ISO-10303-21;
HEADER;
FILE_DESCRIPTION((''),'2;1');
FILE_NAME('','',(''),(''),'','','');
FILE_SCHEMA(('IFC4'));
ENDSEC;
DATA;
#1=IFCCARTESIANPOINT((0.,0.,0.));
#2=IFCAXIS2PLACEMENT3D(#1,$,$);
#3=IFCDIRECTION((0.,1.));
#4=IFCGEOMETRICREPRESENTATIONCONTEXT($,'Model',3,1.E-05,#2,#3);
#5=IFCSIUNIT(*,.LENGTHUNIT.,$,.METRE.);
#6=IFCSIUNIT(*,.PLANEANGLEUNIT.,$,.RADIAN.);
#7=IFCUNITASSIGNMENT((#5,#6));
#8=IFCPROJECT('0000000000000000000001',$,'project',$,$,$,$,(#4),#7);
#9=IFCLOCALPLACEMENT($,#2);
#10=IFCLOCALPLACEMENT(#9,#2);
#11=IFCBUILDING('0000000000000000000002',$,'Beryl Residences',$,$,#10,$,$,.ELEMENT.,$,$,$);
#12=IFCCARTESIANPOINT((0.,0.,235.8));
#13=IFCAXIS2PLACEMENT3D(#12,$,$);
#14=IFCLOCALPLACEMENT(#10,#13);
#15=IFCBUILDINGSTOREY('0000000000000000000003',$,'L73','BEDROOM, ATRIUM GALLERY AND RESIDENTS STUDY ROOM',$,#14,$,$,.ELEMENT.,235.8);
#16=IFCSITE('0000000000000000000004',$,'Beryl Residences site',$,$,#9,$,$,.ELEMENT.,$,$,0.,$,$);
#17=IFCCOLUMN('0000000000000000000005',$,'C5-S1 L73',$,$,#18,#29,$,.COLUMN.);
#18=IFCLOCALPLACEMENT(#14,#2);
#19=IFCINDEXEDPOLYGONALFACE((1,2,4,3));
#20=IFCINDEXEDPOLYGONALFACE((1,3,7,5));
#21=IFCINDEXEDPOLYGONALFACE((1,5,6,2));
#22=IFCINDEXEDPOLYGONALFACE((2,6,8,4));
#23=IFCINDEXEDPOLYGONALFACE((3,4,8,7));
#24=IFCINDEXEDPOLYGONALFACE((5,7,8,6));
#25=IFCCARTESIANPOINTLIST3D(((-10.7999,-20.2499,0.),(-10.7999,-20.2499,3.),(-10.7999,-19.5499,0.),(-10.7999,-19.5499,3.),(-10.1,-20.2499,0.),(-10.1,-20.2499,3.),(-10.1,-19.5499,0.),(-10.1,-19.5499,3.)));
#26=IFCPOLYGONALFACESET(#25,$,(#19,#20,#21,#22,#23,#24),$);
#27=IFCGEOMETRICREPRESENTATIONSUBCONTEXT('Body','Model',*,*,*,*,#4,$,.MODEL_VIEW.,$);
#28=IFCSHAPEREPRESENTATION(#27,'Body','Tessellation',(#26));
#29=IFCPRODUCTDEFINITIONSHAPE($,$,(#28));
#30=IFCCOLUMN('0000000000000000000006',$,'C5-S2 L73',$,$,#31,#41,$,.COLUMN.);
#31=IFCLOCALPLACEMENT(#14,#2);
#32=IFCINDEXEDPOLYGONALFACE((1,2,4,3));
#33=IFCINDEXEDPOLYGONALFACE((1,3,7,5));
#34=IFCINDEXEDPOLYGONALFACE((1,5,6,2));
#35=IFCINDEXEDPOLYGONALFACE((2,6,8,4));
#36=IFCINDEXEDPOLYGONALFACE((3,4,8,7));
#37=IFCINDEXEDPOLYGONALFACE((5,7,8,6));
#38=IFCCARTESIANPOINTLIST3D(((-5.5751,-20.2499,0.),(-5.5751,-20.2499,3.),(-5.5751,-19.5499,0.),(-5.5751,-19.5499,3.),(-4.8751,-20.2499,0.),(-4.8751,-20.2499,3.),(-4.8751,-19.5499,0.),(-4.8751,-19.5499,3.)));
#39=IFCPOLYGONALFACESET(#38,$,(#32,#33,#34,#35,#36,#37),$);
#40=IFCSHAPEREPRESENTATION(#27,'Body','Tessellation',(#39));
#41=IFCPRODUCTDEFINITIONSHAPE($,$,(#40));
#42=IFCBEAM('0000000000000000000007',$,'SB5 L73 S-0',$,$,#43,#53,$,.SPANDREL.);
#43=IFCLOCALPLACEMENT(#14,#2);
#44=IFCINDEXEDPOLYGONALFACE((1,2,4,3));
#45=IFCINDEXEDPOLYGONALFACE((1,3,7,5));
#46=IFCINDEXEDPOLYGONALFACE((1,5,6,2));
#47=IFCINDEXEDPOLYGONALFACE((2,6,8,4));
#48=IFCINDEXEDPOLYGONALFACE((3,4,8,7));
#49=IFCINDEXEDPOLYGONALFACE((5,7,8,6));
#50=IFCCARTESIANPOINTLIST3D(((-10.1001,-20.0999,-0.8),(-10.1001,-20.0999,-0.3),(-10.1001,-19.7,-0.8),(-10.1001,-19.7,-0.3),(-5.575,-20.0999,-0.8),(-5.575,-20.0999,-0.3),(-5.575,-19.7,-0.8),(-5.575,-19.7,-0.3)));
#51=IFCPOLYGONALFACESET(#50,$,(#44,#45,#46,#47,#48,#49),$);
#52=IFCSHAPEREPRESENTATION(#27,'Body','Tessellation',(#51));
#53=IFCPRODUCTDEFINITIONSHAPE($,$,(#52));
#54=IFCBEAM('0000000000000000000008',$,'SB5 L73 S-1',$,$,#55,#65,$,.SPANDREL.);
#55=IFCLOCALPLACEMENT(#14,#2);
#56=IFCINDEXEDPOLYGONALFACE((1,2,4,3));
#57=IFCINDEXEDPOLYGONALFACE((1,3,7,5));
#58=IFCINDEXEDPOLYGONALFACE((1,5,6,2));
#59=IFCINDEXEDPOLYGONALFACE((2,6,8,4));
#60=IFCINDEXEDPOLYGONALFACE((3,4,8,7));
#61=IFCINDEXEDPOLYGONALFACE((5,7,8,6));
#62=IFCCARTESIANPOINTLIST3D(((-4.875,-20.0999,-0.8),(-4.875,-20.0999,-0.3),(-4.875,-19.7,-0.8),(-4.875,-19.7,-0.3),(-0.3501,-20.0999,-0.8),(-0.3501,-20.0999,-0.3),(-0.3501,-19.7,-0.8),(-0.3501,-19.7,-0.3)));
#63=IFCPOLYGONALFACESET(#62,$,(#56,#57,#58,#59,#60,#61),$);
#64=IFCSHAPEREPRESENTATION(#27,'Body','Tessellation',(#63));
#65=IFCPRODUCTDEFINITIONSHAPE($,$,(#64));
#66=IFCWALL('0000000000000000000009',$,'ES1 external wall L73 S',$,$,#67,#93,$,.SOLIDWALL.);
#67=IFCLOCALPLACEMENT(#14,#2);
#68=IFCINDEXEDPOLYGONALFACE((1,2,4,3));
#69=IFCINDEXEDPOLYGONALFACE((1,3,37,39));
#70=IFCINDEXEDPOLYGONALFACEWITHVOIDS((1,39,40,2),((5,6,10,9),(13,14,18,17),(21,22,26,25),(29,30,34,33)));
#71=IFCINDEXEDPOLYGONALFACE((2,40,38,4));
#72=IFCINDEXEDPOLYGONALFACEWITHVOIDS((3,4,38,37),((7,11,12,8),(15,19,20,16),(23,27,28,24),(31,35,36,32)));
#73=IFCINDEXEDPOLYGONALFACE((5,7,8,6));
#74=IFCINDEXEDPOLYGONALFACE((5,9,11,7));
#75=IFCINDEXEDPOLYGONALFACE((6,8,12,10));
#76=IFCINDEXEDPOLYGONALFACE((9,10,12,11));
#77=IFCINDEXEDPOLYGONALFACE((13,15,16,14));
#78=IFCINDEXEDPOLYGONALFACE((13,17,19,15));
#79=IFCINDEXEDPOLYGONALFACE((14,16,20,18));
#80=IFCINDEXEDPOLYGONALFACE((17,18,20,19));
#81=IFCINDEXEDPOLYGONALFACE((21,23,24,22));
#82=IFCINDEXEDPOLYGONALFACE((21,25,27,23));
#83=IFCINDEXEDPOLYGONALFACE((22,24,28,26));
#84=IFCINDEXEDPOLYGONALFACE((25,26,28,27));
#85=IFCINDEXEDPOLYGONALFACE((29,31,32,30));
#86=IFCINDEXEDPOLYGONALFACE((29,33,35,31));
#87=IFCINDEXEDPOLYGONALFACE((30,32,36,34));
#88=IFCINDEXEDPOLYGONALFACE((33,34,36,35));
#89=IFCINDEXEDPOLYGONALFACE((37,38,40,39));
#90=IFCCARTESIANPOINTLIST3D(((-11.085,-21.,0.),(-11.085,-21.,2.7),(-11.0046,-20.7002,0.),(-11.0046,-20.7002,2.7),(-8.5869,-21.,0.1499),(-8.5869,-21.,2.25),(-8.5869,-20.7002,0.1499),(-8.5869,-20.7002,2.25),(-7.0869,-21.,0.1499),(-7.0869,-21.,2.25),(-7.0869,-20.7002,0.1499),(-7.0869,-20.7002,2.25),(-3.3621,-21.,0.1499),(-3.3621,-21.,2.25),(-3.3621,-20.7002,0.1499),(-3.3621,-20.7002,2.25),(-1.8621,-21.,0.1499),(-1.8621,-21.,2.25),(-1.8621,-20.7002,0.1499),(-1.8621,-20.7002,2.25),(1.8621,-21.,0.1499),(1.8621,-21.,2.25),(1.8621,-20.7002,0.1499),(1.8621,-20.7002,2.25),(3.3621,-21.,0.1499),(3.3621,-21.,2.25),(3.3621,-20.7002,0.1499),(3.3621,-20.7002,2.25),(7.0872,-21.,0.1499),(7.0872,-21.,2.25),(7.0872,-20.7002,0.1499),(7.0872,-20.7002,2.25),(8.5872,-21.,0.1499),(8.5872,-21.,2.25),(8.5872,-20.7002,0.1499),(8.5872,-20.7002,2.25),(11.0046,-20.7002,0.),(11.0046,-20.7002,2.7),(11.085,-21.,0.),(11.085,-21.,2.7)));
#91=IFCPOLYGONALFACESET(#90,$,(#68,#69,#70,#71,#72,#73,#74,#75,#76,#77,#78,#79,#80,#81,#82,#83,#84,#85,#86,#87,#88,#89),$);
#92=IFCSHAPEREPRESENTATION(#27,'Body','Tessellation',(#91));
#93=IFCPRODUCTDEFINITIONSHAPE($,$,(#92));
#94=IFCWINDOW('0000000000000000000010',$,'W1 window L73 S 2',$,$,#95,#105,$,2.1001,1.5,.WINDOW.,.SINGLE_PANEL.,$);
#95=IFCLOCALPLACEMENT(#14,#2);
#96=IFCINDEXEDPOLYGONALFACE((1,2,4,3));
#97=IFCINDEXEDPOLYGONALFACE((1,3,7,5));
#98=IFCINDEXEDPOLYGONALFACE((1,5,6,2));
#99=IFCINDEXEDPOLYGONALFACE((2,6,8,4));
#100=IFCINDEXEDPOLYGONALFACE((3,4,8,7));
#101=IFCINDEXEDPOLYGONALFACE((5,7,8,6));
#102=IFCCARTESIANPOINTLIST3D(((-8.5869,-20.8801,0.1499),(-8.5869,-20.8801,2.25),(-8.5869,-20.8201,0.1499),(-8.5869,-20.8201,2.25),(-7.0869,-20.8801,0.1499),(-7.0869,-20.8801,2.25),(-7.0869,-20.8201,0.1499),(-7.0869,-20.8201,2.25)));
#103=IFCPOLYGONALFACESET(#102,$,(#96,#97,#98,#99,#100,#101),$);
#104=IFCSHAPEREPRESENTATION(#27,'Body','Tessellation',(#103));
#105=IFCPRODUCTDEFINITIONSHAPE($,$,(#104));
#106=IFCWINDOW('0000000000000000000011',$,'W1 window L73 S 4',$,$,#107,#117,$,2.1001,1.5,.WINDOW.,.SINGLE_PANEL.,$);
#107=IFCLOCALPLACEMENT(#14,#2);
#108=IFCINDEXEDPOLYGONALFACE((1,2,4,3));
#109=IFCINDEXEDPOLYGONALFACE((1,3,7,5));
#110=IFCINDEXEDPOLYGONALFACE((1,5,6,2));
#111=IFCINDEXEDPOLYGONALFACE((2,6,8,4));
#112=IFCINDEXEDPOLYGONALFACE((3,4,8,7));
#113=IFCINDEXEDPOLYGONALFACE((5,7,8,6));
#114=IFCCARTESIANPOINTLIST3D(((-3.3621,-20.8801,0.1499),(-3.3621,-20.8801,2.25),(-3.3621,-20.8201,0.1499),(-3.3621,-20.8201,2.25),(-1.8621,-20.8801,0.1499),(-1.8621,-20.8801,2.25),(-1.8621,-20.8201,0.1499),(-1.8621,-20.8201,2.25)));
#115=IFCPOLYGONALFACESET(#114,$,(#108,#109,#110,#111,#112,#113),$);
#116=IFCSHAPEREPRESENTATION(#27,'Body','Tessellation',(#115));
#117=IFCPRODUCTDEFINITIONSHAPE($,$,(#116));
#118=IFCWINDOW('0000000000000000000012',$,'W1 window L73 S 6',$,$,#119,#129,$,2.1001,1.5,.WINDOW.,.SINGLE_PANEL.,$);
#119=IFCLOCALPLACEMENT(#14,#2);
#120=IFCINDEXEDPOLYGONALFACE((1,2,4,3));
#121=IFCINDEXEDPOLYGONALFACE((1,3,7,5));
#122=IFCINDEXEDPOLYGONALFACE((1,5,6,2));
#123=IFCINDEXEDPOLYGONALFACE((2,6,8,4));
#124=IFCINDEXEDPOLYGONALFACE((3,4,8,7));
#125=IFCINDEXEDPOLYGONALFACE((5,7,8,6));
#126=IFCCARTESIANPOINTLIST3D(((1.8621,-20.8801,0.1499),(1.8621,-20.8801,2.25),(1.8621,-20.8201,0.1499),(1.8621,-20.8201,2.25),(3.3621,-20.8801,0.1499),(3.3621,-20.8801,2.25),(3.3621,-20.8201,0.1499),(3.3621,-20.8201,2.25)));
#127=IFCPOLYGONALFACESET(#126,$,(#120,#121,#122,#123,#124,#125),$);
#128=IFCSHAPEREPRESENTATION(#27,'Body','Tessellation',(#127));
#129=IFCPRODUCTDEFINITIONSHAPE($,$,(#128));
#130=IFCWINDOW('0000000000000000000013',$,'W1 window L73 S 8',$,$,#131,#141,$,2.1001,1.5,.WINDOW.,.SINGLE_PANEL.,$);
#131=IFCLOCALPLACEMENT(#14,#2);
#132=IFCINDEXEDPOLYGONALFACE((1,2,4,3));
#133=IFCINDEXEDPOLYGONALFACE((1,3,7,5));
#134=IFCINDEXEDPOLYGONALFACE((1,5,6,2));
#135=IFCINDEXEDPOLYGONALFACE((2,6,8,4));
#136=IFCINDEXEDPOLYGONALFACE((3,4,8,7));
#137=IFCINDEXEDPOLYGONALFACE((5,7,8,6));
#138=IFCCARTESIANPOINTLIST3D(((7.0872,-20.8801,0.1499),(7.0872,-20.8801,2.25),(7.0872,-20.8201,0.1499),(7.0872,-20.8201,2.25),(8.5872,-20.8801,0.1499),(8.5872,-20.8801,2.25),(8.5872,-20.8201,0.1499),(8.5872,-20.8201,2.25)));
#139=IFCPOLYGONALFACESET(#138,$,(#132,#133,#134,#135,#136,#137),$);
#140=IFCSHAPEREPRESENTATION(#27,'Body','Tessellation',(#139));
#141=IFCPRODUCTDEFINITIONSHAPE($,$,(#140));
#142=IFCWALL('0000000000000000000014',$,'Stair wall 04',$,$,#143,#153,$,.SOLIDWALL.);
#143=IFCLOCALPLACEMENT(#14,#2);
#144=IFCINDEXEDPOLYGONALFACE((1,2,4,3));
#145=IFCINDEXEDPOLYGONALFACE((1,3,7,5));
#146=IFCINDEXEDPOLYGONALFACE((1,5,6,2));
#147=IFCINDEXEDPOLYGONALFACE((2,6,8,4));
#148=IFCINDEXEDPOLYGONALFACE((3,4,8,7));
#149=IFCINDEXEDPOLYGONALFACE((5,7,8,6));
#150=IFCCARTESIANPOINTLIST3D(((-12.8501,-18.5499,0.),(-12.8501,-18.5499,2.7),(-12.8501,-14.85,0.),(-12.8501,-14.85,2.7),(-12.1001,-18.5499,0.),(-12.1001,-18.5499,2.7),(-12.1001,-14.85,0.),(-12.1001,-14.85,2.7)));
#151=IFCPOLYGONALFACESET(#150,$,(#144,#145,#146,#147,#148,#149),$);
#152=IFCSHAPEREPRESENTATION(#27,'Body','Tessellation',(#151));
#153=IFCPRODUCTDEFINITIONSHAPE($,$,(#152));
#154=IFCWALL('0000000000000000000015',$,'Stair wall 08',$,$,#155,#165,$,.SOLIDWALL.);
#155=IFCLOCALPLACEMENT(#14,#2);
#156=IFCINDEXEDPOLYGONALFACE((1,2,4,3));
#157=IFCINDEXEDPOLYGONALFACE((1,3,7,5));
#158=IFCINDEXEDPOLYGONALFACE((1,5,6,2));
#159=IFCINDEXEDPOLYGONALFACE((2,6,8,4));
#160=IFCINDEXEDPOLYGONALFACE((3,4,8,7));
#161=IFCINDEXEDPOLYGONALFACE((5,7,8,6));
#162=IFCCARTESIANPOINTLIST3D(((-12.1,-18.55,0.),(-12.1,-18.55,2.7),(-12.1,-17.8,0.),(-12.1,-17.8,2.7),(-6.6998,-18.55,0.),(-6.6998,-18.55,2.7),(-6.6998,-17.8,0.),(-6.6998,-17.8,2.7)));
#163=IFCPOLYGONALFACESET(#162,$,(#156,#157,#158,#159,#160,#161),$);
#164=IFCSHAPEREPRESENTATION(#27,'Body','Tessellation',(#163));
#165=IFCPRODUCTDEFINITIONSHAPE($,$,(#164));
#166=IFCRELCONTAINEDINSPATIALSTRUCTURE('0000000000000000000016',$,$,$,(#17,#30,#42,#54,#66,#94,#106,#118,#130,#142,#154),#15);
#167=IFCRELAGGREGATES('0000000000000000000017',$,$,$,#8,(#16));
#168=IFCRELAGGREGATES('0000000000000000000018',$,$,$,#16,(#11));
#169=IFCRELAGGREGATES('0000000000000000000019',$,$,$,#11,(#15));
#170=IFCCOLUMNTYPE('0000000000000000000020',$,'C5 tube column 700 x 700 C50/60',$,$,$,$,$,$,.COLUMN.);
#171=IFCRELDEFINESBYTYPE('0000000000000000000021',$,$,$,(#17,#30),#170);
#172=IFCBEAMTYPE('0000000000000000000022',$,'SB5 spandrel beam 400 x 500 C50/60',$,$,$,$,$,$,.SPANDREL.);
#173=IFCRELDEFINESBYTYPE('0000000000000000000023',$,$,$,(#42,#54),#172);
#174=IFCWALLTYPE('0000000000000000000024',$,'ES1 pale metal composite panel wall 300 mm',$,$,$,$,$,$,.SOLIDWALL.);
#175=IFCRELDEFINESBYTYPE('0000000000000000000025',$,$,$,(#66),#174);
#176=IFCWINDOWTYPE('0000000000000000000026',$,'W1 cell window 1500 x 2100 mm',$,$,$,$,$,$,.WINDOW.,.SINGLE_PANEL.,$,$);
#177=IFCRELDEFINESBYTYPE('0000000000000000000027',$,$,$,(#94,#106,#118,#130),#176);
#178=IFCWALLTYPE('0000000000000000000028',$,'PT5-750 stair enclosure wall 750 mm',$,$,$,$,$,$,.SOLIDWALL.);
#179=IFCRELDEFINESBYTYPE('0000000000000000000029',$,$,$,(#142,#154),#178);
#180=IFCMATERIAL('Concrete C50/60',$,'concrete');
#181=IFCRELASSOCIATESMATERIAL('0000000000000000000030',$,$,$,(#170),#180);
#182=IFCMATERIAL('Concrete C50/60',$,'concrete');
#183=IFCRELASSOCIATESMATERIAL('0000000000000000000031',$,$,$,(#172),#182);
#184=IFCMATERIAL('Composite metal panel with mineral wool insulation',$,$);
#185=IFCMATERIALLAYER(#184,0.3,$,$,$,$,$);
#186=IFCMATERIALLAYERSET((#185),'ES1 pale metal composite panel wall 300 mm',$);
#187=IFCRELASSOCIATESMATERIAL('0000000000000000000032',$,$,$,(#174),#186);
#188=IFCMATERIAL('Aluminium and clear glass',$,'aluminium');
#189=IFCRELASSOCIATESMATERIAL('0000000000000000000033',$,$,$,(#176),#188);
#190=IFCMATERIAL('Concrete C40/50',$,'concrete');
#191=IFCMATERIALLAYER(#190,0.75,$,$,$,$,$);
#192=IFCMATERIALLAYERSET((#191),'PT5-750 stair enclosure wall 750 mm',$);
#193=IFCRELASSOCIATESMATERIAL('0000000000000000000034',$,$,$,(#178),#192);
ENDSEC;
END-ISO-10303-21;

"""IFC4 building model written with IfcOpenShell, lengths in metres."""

from ifc_helpers import new_model, si_unit, direction, frame, frame_2d, origin, origin_2d, place, context, subcontext, project, spatial, polyline, rectangle, outline, extrude, material, layer, layer_set, material_profile, profile_set, type_object, element, fill, save


model = new_model("IFC4")

# Units and contexts
model_context = context("Model", 3, precision=1e-05, world=origin(), true_north=direction((0.0, 1.0)))
body_context = subcontext(model_context, "Body", "Model", "MODEL_VIEW")
ifc_project = project(units=[si_unit("LENGTHUNIT", "METRE"), si_unit("PLANEANGLEUNIT", "RADIAN")], contexts=[model_context])

# Site, building, storey
site_placement = place(None, origin())
site = spatial("IfcSite", under=ifc_project, at=site_placement, Name="Beryl Residences site", CompositionType="ELEMENT", RefElevation=0.0)
building_placement = place(site_placement, origin())
building = spatial("IfcBuilding", under=site, at=building_placement, Name="Beryl Residences", CompositionType="ELEMENT")
storey_placement = place(building_placement, frame((0.0, 0.0, 235.8)))
storey = spatial("IfcBuildingStorey", under=building, at=storey_placement, Name="L73", Description="BEDROOM, ATRIUM GALLERY AND RESIDENTS STUDY ROOM", CompositionType="ELEMENT", Elevation=235.8)

# Columns
ifc_material_1 = material(Name="Concrete C50/60", Category="concrete")
ifc_material_profile_1 = material_profile(ifc_material_1, rectangle(XDim=0.7, YDim=0.7, at=origin_2d()))
ifc_profile_set_1 = profile_set([ifc_material_profile_1], Name="Concrete C50/60")
column_type = type_object("IfcColumnType", Name="C5 tube column 700 x 700 C50/60", PredefinedType="COLUMN", material=ifc_profile_set_1)
for number, where, z_axis, x_axis, name in (
    (1, (-10.45, -19.8999, 0.0), (0.0, 0.0, 1.0), (1.0, 0.0, 0.0), "C5-S1 L73"),
    (2, (-5.2251, -19.8999, 0.0), (0.0, 0.0, 1.0), (1.0, 0.0, 0.0), "C5-S2 L73"),
):
    element("IfcColumn", number, at=place(storey_placement, frame(where, z_axis=z_axis, x_axis=x_axis)), inside=storey, type_object=column_type, Name=name, PredefinedType="COLUMN", context=body_context, shape_type="SweptSolid", body=[
        extrude(rectangle(XDim=0.7, YDim=0.7, at=origin_2d()), origin(), (0.0, 0.0, 1.0), 3.0),
    ])

# Beams
ifc_material_2 = material(Name="Concrete C50/60", Category="concrete")
ifc_material_profile_2 = material_profile(ifc_material_2, rectangle(XDim=0.3999, YDim=0.5, at=origin_2d()))
ifc_profile_set_2 = profile_set([ifc_material_profile_2], Name="Concrete C50/60")
beam_type = type_object("IfcBeamType", Name="SB5 spandrel beam 400 x 500 C50/60", PredefinedType="SPANDREL", material=ifc_profile_set_2)
beam_1_placement = place(storey_placement, frame((-10.1001, -19.8999, -0.55), z_axis=(1.0, 0.0, 0.0), x_axis=(0.0, 1.0, 0.0)))
element("IfcBeam", 3, at=beam_1_placement, inside=storey, type_object=beam_type, Name="SB5 L73 S-0", PredefinedType="SPANDREL", context=body_context, shape_type="SweptSolid", body=[
    extrude(rectangle(XDim=0.3999, YDim=0.5, at=origin_2d()), origin(), (0.0, 0.0, 1.0), 4.5251),
])
beam_2_placement = place(storey_placement, frame((-4.875, -19.8999, -0.55), z_axis=(1.0, 0.0, 0.0), x_axis=(0.0, 1.0, 0.0)))
element("IfcBeam", 4, at=beam_2_placement, inside=storey, type_object=beam_type, Name="SB5 L73 S-1", PredefinedType="SPANDREL", context=body_context, shape_type="SweptSolid", body=[
    extrude(rectangle(XDim=0.3999, YDim=0.5, at=origin_2d()), origin(), (0.0, 0.0, 1.0), 4.5249),
])

# Wall, openings, windows
ifc_material_3 = material(Name="Composite metal panel with mineral wool insulation")
ifc_layer_1 = layer(ifc_material_3, 0.3)
ifc_layer_set_1 = layer_set([ifc_layer_1], Name="ES1 pale metal composite panel wall 300 mm")
wall_type_1 = type_object("IfcWallType", Name="ES1 pale metal composite panel wall 300 mm", PredefinedType="SOLIDWALL", material=ifc_layer_set_1)
wall_1_placement = place(storey_placement, frame((-11.085, -20.8501, 0.0), z_axis=(0.0, 0.0, 1.0), x_axis=(1.0, 0.0, 0.0)))
wall_1 = element("IfcWall", 5, at=wall_1_placement, inside=storey, type_object=wall_type_1, Name="ES1 external wall L73 S", PredefinedType="SOLIDWALL", context=body_context, shape_type="SweptSolid", body=[
    extrude(outline(polyline([(0.0, -0.1499), (22.1699, -0.1499), (22.0896, 0.1499), (0.0803, 0.1499), (0.0, -0.1499)])), origin(), (0.0, 0.0, 1.0), 2.7),
])
opening_1_placement = place(wall_1_placement, frame((2.498, 0.0, 0.1499)))
opening_1 = element("IfcOpeningElement", 6, at=opening_1_placement, cuts=wall_1, PredefinedType="OPENING", context=body_context, shape_type="SweptSolid", body=[
    extrude(rectangle(XDim=1.5, YDim=2.1001, at=frame_2d((0.75, 1.05))), frame((0.0, 0.1599, 0.0), z_axis=(0.0, -1.0, 0.0), x_axis=(1.0, 0.0, 0.0)), (0.0, 0.0, 1.0), 0.3201),
])
opening_2_placement = place(wall_1_placement, frame((7.7229, 0.0, 0.1499)))
opening_2 = element("IfcOpeningElement", 7, at=opening_2_placement, cuts=wall_1, PredefinedType="OPENING", context=body_context, shape_type="SweptSolid", body=[
    extrude(rectangle(XDim=1.5, YDim=2.1001, at=frame_2d((0.75, 1.05))), frame((0.0, 0.1599, 0.0), z_axis=(0.0, -1.0, 0.0), x_axis=(1.0, 0.0, 0.0)), (0.0, 0.0, 1.0), 0.3201),
])
opening_3_placement = place(wall_1_placement, frame((12.947, 0.0, 0.1499)))
opening_3 = element("IfcOpeningElement", 8, at=opening_3_placement, cuts=wall_1, PredefinedType="OPENING", context=body_context, shape_type="SweptSolid", body=[
    extrude(rectangle(XDim=1.5, YDim=2.1001, at=frame_2d((0.75, 1.05))), frame((0.0, 0.1599, 0.0), z_axis=(0.0, -1.0, 0.0), x_axis=(1.0, 0.0, 0.0)), (0.0, 0.0, 1.0), 0.3201),
])
opening_4_placement = place(wall_1_placement, frame((18.1721, 0.0, 0.1499)))
opening_4 = element("IfcOpeningElement", 9, at=opening_4_placement, cuts=wall_1, PredefinedType="OPENING", context=body_context, shape_type="SweptSolid", body=[
    extrude(rectangle(XDim=1.5, YDim=2.1001, at=frame_2d((0.75, 1.05))), frame((0.0, 0.1599, 0.0), z_axis=(0.0, -1.0, 0.0), x_axis=(1.0, 0.0, 0.0)), (0.0, 0.0, 1.0), 0.3201),
])
ifc_material_4 = material(Name="Aluminium and clear glass", Category="aluminium")
window_type = type_object("IfcWindowType", Name="W1 cell window 1500 x 2100 mm", PartitioningType="SINGLE_PANEL", PredefinedType="WINDOW", material=ifc_material_4)
window_1_placement = place(opening_1_placement, origin())
window_1 = element("IfcWindow", 10, at=window_1_placement, inside=storey, type_object=window_type, Name="W1 window L73 S 2", OverallHeight=2.1001, OverallWidth=1.5, PartitioningType="SINGLE_PANEL", PredefinedType="WINDOW", context=body_context, shape_type="SweptSolid", body=[
    extrude(rectangle(XDim=1.5, YDim=2.1001, at=frame_2d((0.75, 1.05))), frame((0.0, 0.03, 0.0), z_axis=(0.0, -1.0, 0.0), x_axis=(1.0, 0.0, 0.0)), (0.0, 0.0, 1.0), 0.0601),
])
fill(opening_1, window_1)
window_2_placement = place(opening_2_placement, origin())
window_2 = element("IfcWindow", 11, at=window_2_placement, inside=storey, type_object=window_type, Name="W1 window L73 S 4", OverallHeight=2.1001, OverallWidth=1.5, PartitioningType="SINGLE_PANEL", PredefinedType="WINDOW", context=body_context, shape_type="SweptSolid", body=[
    extrude(rectangle(XDim=1.5, YDim=2.1001, at=frame_2d((0.75, 1.05))), frame((0.0, 0.03, 0.0), z_axis=(0.0, -1.0, 0.0), x_axis=(1.0, 0.0, 0.0)), (0.0, 0.0, 1.0), 0.0601),
])
fill(opening_2, window_2)
window_3_placement = place(opening_3_placement, origin())
window_3 = element("IfcWindow", 12, at=window_3_placement, inside=storey, type_object=window_type, Name="W1 window L73 S 6", OverallHeight=2.1001, OverallWidth=1.5, PartitioningType="SINGLE_PANEL", PredefinedType="WINDOW", context=body_context, shape_type="SweptSolid", body=[
    extrude(rectangle(XDim=1.5, YDim=2.1001, at=frame_2d((0.75, 1.05))), frame((0.0, 0.03, 0.0), z_axis=(0.0, -1.0, 0.0), x_axis=(1.0, 0.0, 0.0)), (0.0, 0.0, 1.0), 0.0601),
])
fill(opening_3, window_3)
window_4_placement = place(opening_4_placement, origin())
window_4 = element("IfcWindow", 13, at=window_4_placement, inside=storey, type_object=window_type, Name="W1 window L73 S 8", OverallHeight=2.1001, OverallWidth=1.5, PartitioningType="SINGLE_PANEL", PredefinedType="WINDOW", context=body_context, shape_type="SweptSolid", body=[
    extrude(rectangle(XDim=1.5, YDim=2.1001, at=frame_2d((0.75, 1.05))), frame((0.0, 0.03, 0.0), z_axis=(0.0, -1.0, 0.0), x_axis=(1.0, 0.0, 0.0)), (0.0, 0.0, 1.0), 0.0601),
])
fill(opening_4, window_4)

# Walls
ifc_material_5 = material(Name="Concrete C40/50", Category="concrete")
ifc_layer_2 = layer(ifc_material_5, 0.75)
ifc_layer_set_2 = layer_set([ifc_layer_2], Name="PT5-750 stair enclosure wall 750 mm")
wall_type_2 = type_object("IfcWallType", Name="PT5-750 stair enclosure wall 750 mm", PredefinedType="SOLIDWALL", material=ifc_layer_set_2)
wall_2_placement = place(storey_placement, frame((-12.4751, -18.55, 0.0), z_axis=(0.0, 0.0, 1.0), x_axis=(0.0, 1.0, 0.0)))
element("IfcWall", 14, at=wall_2_placement, inside=storey, type_object=wall_type_2, Name="Stair wall 04", PredefinedType="SOLIDWALL", context=body_context, shape_type="SweptSolid", body=[
    extrude(rectangle(XDim=3.7, YDim=0.75, at=frame_2d((1.8501, 0.0))), origin(), (0.0, 0.0, 1.0), 2.7),
])
wall_3_placement = place(storey_placement, frame((-12.1001, -18.175, 0.0), z_axis=(0.0, 0.0, 1.0), x_axis=(1.0, 0.0, 0.0)))
element("IfcWall", 15, at=wall_3_placement, inside=storey, type_object=wall_type_2, Name="Stair wall 08", PredefinedType="SOLIDWALL", context=body_context, shape_type="SweptSolid", body=[
    extrude(rectangle(XDim=5.4001, YDim=0.75, at=frame_2d((2.7002, 0.0))), origin(), (0.0, 0.0, 1.0), 2.7),
])

save(model, "model.ifc")
